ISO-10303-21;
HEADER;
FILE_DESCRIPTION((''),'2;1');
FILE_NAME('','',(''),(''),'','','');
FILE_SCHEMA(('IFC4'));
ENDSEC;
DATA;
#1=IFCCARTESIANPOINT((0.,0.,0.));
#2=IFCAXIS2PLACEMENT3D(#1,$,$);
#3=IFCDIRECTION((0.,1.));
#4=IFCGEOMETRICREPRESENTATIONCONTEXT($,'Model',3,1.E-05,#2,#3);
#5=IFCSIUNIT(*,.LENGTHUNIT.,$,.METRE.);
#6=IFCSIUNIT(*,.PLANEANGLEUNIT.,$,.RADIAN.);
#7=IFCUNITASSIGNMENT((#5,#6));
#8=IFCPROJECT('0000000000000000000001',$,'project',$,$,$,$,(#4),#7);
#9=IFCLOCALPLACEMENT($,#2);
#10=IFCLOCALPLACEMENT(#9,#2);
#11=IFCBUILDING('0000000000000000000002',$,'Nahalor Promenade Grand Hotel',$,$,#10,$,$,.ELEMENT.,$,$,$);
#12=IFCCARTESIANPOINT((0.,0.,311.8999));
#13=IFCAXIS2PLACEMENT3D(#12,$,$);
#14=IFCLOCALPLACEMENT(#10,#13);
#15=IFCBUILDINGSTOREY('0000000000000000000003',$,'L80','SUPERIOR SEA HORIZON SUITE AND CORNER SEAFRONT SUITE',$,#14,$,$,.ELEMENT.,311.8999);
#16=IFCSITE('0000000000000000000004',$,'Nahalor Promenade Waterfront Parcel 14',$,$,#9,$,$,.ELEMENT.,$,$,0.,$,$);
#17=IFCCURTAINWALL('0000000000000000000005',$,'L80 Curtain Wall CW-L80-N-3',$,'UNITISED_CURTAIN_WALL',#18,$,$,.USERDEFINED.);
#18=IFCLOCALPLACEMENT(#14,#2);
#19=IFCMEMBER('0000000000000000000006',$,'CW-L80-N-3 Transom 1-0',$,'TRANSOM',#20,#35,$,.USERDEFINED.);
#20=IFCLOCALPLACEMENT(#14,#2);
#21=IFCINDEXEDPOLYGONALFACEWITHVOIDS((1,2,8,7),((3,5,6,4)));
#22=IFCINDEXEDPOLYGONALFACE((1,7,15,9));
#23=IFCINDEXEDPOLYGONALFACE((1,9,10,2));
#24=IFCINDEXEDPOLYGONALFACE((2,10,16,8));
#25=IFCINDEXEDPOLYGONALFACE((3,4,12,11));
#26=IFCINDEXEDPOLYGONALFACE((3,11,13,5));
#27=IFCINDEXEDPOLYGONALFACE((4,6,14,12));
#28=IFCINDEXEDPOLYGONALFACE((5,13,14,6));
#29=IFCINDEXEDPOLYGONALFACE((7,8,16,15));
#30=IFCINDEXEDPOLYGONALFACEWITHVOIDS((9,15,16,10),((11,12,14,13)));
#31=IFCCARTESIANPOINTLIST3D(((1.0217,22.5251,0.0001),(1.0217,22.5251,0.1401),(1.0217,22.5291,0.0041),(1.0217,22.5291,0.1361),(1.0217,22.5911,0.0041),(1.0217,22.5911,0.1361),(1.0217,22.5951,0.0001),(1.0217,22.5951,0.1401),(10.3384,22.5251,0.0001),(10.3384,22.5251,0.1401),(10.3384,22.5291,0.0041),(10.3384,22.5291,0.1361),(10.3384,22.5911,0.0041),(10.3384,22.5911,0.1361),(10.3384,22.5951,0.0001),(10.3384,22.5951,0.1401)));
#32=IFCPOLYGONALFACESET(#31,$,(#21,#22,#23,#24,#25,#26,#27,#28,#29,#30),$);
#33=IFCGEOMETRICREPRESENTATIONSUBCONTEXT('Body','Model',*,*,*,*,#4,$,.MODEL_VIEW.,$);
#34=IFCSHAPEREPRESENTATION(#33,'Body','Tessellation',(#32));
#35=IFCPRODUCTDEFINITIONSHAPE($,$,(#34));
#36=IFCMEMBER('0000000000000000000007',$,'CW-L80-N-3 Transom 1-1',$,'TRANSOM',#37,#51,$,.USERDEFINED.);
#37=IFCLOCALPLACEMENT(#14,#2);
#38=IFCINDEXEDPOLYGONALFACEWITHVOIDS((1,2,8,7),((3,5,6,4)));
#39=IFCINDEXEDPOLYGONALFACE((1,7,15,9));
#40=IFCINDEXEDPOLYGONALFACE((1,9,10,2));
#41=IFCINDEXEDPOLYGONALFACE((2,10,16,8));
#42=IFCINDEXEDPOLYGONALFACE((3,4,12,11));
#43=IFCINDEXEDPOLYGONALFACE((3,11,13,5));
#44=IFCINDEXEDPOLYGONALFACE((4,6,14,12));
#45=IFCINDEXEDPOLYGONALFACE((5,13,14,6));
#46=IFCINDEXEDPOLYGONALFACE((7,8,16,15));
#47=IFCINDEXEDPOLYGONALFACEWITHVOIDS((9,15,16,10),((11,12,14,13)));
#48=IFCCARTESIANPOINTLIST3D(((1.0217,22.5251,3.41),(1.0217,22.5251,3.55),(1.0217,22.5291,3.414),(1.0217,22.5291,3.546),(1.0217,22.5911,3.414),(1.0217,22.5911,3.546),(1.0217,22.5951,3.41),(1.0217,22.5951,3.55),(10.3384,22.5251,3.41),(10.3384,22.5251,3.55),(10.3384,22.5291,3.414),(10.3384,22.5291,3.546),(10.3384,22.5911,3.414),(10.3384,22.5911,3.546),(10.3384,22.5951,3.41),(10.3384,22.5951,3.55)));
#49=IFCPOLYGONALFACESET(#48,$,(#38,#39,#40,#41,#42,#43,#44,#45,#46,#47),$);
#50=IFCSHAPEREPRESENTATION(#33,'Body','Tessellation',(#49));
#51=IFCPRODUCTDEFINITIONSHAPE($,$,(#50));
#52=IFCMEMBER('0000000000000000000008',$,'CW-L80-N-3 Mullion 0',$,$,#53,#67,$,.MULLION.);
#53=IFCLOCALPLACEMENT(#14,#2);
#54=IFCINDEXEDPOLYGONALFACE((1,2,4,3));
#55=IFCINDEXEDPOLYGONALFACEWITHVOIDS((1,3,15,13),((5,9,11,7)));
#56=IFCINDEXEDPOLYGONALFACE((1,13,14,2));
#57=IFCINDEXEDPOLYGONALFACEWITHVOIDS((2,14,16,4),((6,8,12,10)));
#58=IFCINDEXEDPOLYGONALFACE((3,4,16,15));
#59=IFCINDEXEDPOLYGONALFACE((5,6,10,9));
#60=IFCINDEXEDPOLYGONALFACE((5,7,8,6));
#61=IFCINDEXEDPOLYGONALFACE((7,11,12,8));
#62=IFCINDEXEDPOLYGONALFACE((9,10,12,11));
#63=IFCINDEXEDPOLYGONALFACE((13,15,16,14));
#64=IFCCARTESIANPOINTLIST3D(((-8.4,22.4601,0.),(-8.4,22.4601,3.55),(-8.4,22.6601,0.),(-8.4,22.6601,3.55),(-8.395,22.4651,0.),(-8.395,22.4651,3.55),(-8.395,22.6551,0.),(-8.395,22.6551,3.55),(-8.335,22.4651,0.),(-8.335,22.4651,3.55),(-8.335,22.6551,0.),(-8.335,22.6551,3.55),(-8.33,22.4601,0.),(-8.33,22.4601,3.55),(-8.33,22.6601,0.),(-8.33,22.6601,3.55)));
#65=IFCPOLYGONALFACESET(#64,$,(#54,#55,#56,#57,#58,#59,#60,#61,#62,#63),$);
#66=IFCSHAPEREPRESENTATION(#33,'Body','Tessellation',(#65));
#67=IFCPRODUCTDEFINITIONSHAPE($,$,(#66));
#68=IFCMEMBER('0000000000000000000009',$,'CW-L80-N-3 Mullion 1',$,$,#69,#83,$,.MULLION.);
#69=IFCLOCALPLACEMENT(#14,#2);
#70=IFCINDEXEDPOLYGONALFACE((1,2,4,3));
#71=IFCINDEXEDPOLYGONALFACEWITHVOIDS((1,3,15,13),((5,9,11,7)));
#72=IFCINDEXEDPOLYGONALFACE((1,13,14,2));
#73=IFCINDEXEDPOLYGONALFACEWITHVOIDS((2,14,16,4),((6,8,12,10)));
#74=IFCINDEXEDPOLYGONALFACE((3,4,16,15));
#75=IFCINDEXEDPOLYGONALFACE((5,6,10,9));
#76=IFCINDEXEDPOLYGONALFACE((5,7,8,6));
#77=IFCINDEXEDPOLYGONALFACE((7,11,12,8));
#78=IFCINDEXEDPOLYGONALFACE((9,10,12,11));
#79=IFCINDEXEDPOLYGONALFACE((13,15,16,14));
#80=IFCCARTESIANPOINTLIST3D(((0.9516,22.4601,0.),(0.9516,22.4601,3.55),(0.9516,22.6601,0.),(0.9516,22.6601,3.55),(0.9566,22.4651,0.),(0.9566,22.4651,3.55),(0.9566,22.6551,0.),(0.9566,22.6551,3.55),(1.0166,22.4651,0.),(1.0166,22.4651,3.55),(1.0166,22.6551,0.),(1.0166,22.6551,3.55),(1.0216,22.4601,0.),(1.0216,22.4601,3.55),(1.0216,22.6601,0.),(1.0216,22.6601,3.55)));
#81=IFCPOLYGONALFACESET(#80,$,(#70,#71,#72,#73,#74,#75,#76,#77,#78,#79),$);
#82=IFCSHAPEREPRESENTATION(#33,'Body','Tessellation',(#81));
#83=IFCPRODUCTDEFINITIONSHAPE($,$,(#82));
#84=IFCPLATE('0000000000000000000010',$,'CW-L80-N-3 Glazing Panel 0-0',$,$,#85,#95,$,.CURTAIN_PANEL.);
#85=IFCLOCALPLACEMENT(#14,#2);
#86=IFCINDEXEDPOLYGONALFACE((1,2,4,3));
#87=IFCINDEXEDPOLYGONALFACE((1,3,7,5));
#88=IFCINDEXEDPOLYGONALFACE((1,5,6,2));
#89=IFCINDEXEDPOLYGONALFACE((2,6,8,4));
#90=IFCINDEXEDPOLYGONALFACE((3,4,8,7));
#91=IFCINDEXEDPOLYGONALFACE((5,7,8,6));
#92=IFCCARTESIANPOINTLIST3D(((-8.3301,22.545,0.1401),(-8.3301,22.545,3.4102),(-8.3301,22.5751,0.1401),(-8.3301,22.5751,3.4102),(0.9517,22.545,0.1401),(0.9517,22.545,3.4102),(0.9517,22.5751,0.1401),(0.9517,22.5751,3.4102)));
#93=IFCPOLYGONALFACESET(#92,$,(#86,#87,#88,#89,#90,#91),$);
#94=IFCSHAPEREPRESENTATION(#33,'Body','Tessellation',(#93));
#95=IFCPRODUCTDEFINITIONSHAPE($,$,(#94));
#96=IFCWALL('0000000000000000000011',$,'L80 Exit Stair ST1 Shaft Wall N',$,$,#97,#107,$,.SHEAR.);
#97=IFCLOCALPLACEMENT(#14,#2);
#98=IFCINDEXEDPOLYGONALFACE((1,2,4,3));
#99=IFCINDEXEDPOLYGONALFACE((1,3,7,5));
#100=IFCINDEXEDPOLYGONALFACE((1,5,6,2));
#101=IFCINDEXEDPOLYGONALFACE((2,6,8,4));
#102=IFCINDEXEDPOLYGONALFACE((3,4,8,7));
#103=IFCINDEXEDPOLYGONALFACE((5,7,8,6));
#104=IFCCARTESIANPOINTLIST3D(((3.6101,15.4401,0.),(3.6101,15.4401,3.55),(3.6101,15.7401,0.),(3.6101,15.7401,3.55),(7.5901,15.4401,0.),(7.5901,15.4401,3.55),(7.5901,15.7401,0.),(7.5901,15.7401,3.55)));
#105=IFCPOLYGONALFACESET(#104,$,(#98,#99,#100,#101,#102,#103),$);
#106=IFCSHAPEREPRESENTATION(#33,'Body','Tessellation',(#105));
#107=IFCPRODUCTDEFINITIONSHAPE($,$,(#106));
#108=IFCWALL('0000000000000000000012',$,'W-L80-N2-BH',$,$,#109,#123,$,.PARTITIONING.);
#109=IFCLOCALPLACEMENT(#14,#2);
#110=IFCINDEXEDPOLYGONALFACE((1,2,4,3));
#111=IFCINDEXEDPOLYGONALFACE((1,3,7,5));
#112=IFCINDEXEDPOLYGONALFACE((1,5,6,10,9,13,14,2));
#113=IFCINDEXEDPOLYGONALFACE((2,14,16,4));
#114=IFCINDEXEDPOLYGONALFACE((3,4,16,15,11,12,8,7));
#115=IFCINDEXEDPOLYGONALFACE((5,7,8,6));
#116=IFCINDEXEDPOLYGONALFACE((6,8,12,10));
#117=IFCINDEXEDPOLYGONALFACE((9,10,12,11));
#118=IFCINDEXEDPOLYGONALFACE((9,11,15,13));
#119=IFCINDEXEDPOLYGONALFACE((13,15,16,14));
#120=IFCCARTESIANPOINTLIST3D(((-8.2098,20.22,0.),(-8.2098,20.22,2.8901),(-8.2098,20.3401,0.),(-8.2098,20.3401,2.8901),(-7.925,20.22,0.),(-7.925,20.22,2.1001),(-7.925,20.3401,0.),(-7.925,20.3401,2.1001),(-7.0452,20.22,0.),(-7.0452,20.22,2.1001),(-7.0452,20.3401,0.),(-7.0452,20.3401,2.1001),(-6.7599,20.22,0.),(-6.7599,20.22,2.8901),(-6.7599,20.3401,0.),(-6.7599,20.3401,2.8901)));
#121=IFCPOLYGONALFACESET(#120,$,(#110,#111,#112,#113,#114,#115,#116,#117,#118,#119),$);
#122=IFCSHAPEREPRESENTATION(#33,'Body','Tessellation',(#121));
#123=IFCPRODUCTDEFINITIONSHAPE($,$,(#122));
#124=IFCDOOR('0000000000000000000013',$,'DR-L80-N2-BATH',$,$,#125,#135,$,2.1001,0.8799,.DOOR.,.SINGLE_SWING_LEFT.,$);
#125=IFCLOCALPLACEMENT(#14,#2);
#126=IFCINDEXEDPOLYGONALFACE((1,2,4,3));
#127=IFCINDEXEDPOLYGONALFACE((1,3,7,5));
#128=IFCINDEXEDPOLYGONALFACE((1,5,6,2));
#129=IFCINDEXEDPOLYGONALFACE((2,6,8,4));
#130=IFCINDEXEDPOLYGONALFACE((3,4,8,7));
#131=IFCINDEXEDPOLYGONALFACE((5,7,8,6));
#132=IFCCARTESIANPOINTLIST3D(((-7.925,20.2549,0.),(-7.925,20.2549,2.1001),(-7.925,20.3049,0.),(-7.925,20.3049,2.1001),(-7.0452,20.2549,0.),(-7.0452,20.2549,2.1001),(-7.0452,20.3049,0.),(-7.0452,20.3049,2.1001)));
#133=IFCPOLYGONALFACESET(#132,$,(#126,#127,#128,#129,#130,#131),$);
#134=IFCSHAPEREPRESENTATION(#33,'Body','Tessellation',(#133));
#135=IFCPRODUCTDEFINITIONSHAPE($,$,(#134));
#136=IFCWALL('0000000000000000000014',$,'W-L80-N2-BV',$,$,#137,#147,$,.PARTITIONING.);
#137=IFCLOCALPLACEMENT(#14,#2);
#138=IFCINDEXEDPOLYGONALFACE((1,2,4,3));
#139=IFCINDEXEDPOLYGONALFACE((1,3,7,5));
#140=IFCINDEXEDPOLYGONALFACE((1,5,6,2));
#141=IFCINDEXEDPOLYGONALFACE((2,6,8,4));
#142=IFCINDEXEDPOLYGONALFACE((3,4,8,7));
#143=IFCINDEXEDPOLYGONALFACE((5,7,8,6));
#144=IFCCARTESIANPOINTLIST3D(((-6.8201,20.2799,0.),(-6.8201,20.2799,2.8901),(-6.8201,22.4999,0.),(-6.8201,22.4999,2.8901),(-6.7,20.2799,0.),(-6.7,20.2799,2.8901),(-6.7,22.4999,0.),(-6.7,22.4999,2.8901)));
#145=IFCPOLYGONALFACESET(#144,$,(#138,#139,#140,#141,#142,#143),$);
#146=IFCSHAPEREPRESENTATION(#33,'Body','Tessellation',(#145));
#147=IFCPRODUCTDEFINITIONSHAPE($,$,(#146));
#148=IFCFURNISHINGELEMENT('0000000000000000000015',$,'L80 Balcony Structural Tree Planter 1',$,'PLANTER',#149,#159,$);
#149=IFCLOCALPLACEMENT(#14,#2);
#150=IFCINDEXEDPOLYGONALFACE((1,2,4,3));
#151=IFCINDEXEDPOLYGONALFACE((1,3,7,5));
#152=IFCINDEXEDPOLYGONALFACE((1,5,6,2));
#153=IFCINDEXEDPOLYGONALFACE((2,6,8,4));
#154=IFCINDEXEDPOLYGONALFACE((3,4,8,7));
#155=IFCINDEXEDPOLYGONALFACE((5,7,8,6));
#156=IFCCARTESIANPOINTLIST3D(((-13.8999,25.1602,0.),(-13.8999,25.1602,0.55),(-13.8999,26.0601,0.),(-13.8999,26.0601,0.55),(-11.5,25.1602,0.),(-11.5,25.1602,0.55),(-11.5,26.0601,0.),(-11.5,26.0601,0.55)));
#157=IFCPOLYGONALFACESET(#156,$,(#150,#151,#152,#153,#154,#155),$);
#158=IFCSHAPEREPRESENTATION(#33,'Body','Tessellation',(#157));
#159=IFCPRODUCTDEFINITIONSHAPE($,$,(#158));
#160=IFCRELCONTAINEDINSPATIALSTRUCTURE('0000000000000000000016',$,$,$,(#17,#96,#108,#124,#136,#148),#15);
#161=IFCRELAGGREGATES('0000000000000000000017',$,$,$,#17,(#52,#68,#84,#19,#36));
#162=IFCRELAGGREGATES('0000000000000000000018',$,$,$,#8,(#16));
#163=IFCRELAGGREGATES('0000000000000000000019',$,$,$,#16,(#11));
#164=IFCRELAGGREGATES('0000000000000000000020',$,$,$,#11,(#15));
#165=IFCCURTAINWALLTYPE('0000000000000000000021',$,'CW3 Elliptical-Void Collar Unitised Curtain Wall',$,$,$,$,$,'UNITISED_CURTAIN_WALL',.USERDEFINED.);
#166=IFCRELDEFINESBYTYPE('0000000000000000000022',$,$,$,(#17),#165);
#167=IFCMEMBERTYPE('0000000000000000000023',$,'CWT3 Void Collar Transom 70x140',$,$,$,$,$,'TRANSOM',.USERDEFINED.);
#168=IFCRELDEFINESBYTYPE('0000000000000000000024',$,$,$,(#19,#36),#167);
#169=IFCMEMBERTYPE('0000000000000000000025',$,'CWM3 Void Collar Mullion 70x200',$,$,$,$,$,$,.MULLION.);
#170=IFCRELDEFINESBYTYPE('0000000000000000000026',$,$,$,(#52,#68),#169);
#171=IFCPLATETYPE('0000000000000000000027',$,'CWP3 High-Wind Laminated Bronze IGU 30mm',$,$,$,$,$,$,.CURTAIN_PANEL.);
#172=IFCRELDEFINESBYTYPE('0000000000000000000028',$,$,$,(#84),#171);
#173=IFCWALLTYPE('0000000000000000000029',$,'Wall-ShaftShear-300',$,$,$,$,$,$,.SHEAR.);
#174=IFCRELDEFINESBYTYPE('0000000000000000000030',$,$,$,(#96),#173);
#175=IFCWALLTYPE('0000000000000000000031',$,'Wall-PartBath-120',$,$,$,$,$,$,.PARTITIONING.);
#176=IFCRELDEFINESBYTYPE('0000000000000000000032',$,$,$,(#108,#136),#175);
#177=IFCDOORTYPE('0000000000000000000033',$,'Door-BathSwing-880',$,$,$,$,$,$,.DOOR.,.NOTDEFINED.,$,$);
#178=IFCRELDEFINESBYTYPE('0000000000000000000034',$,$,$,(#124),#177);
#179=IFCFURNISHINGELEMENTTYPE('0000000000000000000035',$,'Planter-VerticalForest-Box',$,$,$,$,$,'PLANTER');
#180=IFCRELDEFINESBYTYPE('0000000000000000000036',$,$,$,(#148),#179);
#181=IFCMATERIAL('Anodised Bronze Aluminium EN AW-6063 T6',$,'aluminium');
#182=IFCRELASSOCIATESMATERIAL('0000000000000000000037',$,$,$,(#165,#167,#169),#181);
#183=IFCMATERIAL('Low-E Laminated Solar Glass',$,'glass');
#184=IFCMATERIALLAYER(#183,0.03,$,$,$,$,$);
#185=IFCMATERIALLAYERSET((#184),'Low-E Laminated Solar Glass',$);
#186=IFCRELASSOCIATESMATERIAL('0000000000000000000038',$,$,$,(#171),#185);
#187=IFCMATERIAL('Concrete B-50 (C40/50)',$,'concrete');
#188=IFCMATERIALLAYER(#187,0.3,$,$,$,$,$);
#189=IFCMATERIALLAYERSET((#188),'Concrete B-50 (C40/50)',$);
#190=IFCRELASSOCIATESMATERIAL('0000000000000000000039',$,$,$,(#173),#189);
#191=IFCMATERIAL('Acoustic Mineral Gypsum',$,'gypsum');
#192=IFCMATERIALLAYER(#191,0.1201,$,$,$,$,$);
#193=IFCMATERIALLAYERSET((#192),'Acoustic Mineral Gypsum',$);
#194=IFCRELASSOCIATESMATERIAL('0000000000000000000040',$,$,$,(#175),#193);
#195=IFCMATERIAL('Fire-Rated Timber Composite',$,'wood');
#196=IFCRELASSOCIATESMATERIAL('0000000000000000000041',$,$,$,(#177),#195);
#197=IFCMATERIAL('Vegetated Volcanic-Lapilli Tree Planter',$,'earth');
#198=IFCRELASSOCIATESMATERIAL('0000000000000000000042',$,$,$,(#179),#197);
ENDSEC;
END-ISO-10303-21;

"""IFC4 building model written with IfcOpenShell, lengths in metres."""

from ifc_helpers import new_model, si_unit, direction, frame, frame_2d, origin, origin_2d, place, context, subcontext, project, spatial, rectangle, hollow_rectangle, extrude, source, transform, mapped, material, layer, layer_set, material_profile, profile_set, type_object, element, fill, aggregate, save


model = new_model("IFC4")

# Units and contexts
model_context = context("Model", 3, precision=1e-05, world=origin(), true_north=direction((0.0, 1.0)))
body_context = subcontext(model_context, "Body", "Model", "MODEL_VIEW")
ifc_project = project(units=[si_unit("LENGTHUNIT", "METRE"), si_unit("PLANEANGLEUNIT", "RADIAN")], contexts=[model_context])

# Site, building, storey
site_placement = place(None, origin())
site = spatial("IfcSite", under=ifc_project, at=site_placement, Name="Nahalor Promenade Waterfront Parcel 14", CompositionType="ELEMENT", RefElevation=0.0)
building_placement = place(site_placement, origin())
building = spatial("IfcBuilding", under=site, at=building_placement, Name="Nahalor Promenade Grand Hotel", CompositionType="ELEMENT")
storey_placement = place(building_placement, frame((0.0, 0.0, 311.8999)))
storey = spatial("IfcBuildingStorey", under=building, at=storey_placement, Name="L80", Description="SUPERIOR SEA HORIZON SUITE AND CORNER SEAFRONT SUITE", CompositionType="ELEMENT", Elevation=311.8999)

# Shared definitions
ifc_material_1 = material(Name="Concrete B-50 (C40/50)", Category="concrete")

# Curtain wall, members, plate
ifc_material_2 = material(Name="Anodised Bronze Aluminium EN AW-6063 T6", Category="aluminium")
curtain_wall_type = type_object("IfcCurtainWallType", Name="CW3 Elliptical-Void Collar Unitised Curtain Wall", ElementType="UNITISED_CURTAIN_WALL", PredefinedType="USERDEFINED", material=ifc_material_2)
curtain_wall_placement = place(storey_placement, origin())
curtain_wall = element("IfcCurtainWall", 1, at=curtain_wall_placement, inside=storey, type_object=curtain_wall_type, Name="L80 Curtain Wall CW-L80-N-3", ObjectType="UNITISED_CURTAIN_WALL", PredefinedType="USERDEFINED")
ifc_material_profile_1 = material_profile(ifc_material_2, hollow_rectangle(XDim=0.07, YDim=0.14, WallThickness=0.004, at=origin_2d()), Name="CWT 70x140x4")
ifc_profile_set_1 = profile_set([ifc_material_profile_1], Name="Anodised Bronze Aluminium EN AW-6063 T6")
member_type_1 = type_object("IfcMemberType", Name="CWT3 Void Collar Transom 70x140", ElementType="TRANSOM", PredefinedType="USERDEFINED", material=ifc_profile_set_1)
shared_shape_1 = source(origin(), body_context, "Body", "SweptSolid", [
    extrude(hollow_rectangle(XDim=0.07, YDim=0.14, WallThickness=0.004, at=origin_2d()), origin(), (0.0, 0.0, 1.0), 9.3167),
])
member_1_placement = place(storey_placement, frame((1.0217, 22.5601, 0.0701), z_axis=(1.0, 0.0, 0.0), x_axis=(0.0, 1.0, 0.0)))
member_1 = element("IfcMember", 2, at=member_1_placement, type_object=member_type_1, Name="CW-L80-N-3 Transom 1-0", ObjectType="TRANSOM", PredefinedType="USERDEFINED", context=body_context, shape_type="MappedRepresentation", body=[
    mapped(shared_shape_1, transform((0.0, 0.0, 0.0), scale=1.0)),
])
member_2_placement = place(storey_placement, frame((1.0217, 22.5601, 3.48), z_axis=(1.0, 0.0, 0.0), x_axis=(0.0, 1.0, 0.0)))
member_2 = element("IfcMember", 3, at=member_2_placement, type_object=member_type_1, Name="CW-L80-N-3 Transom 1-1", ObjectType="TRANSOM", PredefinedType="USERDEFINED", context=body_context, shape_type="MappedRepresentation", body=[
    mapped(shared_shape_1, transform((0.0, 0.0, 0.0), scale=1.0)),
])
ifc_material_profile_2 = material_profile(ifc_material_2, hollow_rectangle(XDim=0.07, YDim=0.2, WallThickness=0.005, at=origin_2d()), Name="CWM 70x200x5")
ifc_profile_set_2 = profile_set([ifc_material_profile_2], Name="Anodised Bronze Aluminium EN AW-6063 T6")
member_type_2 = type_object("IfcMemberType", Name="CWM3 Void Collar Mullion 70x200", PredefinedType="MULLION", material=ifc_profile_set_2)
shared_shape_2 = source(origin(), body_context, "Body", "SweptSolid", [
    extrude(hollow_rectangle(XDim=0.07, YDim=0.2, WallThickness=0.005, at=origin_2d()), origin(), (0.0, 0.0, 1.0), 3.55),
])
member_3_placement = place(storey_placement, frame((-8.365, 22.5601, 0.0), z_axis=(0.0, 0.0, 1.0), x_axis=(1.0, 0.0, 0.0)))
member_3 = element("IfcMember", 4, at=member_3_placement, type_object=member_type_2, Name="CW-L80-N-3 Mullion 0", PredefinedType="MULLION", context=body_context, shape_type="MappedRepresentation", body=[
    mapped(shared_shape_2, transform((0.0, 0.0, 0.0), scale=1.0)),
])
member_4_placement = place(storey_placement, frame((0.9866, 22.5601, 0.0), z_axis=(0.0, 0.0, 1.0), x_axis=(1.0, 0.0, 0.0)))
member_4 = element("IfcMember", 5, at=member_4_placement, type_object=member_type_2, Name="CW-L80-N-3 Mullion 1", PredefinedType="MULLION", context=body_context, shape_type="MappedRepresentation", body=[
    mapped(shared_shape_2, transform((0.0, 0.0, 0.0), scale=1.0)),
])
ifc_material_3 = material(Name="Low-E Laminated Solar Glass", Category="glass")
ifc_layer_1 = layer(ifc_material_3, 0.03)
ifc_layer_set_1 = layer_set([ifc_layer_1], Name="Low-E Laminated Solar Glass")
plate_type = type_object("IfcPlateType", Name="CWP3 High-Wind Laminated Bronze IGU 30mm", PredefinedType="CURTAIN_PANEL", material=ifc_layer_set_1)
shared_shape_3 = source(origin(), body_context, "Body", "SweptSolid", [
    extrude(rectangle(XDim=9.2817, YDim=0.03, at=origin_2d()), origin(), (0.0, 0.0, 1.0), 3.27),
])
plate_placement = place(storey_placement, frame((-3.6892, 22.5601, 0.1401), z_axis=(0.0, 0.0, 1.0), x_axis=(1.0, 0.0, 0.0)))
plate = element("IfcPlate", 6, at=plate_placement, type_object=plate_type, Name="CW-L80-N-3 Glazing Panel 0-0", PredefinedType="CURTAIN_PANEL", context=body_context, shape_type="MappedRepresentation", body=[
    mapped(shared_shape_3, transform((0.0, 0.0, 0.0), scale=1.0)),
])
aggregate(curtain_wall, [member_3, member_4, plate, member_1, member_2])

# Wall
ifc_layer_2 = layer(ifc_material_1, 0.3)
ifc_layer_set_2 = layer_set([ifc_layer_2], Name="Concrete B-50 (C40/50)")
wall_type_1 = type_object("IfcWallType", Name="Wall-ShaftShear-300", PredefinedType="SHEAR", material=ifc_layer_set_2)
shared_shape_4 = source(origin(), body_context, "Body", "SweptSolid", [
    extrude(rectangle(XDim=3.98, YDim=0.3, at=frame_2d((1.99, 0.0))), origin(), (0.0, 0.0, 1.0), 3.55),
])
wall_1_placement = place(storey_placement, frame((3.6101, 15.5901, 0.0), z_axis=(0.0, 0.0, 1.0), x_axis=(1.0, 0.0, 0.0)))
element("IfcWall", 7, at=wall_1_placement, inside=storey, type_object=wall_type_1, Name="L80 Exit Stair ST1 Shaft Wall N", PredefinedType="SHEAR", context=body_context, shape_type="MappedRepresentation", body=[
    mapped(shared_shape_4, transform((0.0, 0.0, 0.0), scale=1.0)),
])

# Wall, opening, door
ifc_material_4 = material(Name="Acoustic Mineral Gypsum", Category="gypsum")
ifc_layer_3 = layer(ifc_material_4, 0.1201)
ifc_layer_set_3 = layer_set([ifc_layer_3], Name="Acoustic Mineral Gypsum")
wall_type_2 = type_object("IfcWallType", Name="Wall-PartBath-120", PredefinedType="PARTITIONING", material=ifc_layer_set_3)
shared_shape_5 = source(origin(), body_context, "Body", "SweptSolid", [
    extrude(rectangle(XDim=1.45, YDim=0.1201, at=frame_2d((0.7251, 0.0))), origin(), (0.0, 0.0, 1.0), 2.8901),
])
wall_2_placement = place(storey_placement, frame((-8.21, 20.28, 0.0), z_axis=(0.0, 0.0, 1.0), x_axis=(1.0, 0.0, 0.0)))
wall_2 = element("IfcWall", 8, at=wall_2_placement, inside=storey, type_object=wall_type_2, Name="W-L80-N2-BH", PredefinedType="PARTITIONING", context=body_context, shape_type="MappedRepresentation", body=[
    mapped(shared_shape_5, transform((0.0, 0.0, 0.0), scale=1.0)),
])
opening_placement = place(wall_2_placement, frame((0.2849, 0.0, 0.0)))
opening = element("IfcOpeningElement", 9, at=opening_placement, cuts=wall_2, PredefinedType="OPENING", context=body_context, shape_type="SweptSolid", body=[
    extrude(rectangle(XDim=0.8799, YDim=2.1001, at=frame_2d((0.4399, 1.05))), frame((0.0, 0.0701, 0.0), z_axis=(0.0, -1.0, 0.0), x_axis=(1.0, 0.0, 0.0)), (0.0, 0.0, 1.0), 0.1401),
])
ifc_material_5 = material(Name="Fire-Rated Timber Composite", Category="wood")
door_type = type_object("IfcDoorType", Name="Door-BathSwing-880", OperationType="NOTDEFINED", PredefinedType="DOOR", material=ifc_material_5)
shared_shape_6 = source(origin(), body_context, "Body", "SweptSolid", [
    extrude(rectangle(XDim=0.8799, YDim=2.1001, at=frame_2d((0.4399, 1.05))), frame((0.0, 0.0249, 0.0), z_axis=(0.0, -1.0, 0.0), x_axis=(1.0, 0.0, 0.0)), (0.0, 0.0, 1.0), 0.05),
])
door_placement = place(opening_placement, origin())
door = element("IfcDoor", 10, at=door_placement, inside=storey, type_object=door_type, Name="DR-L80-N2-BATH", OperationType="SINGLE_SWING_LEFT", OverallHeight=2.1001, OverallWidth=0.8799, PredefinedType="DOOR", context=body_context, shape_type="MappedRepresentation", body=[
    mapped(shared_shape_6, transform((0.0, 0.0, 0.0), scale=1.0)),
])
fill(opening, door)

# Wall
shared_shape_7 = source(origin(), body_context, "Body", "SweptSolid", [
    extrude(rectangle(XDim=2.22, YDim=0.1201, at=frame_2d((1.1099, 0.0))), origin(), (0.0, 0.0, 1.0), 2.8901),
])
wall_3_placement = place(storey_placement, frame((-6.76, 20.28, 0.0), z_axis=(0.0, 0.0, 1.0), x_axis=(0.0, 1.0, 0.0)))
element("IfcWall", 11, at=wall_3_placement, inside=storey, type_object=wall_type_2, Name="W-L80-N2-BV", PredefinedType="PARTITIONING", context=body_context, shape_type="MappedRepresentation", body=[
    mapped(shared_shape_7, transform((0.0, 0.0, 0.0), scale=1.0)),
])

# Furnishing element
ifc_material_6 = material(Name="Vegetated Volcanic-Lapilli Tree Planter", Category="earth")
furnishing_element_type = type_object("IfcFurnishingElementType", Name="Planter-VerticalForest-Box", ElementType="PLANTER", material=ifc_material_6)
shared_shape_8 = source(origin(), body_context, "Body", "SweptSolid", [
    extrude(rectangle(XDim=2.3999, YDim=0.8999, at=origin_2d()), origin(), (0.0, 0.0, 1.0), 0.55),
])
furnishing_placement = place(storey_placement, frame((-12.7, 25.6101, 0.0), z_axis=(0.0, 0.0, 1.0), x_axis=(1.0, 0.0, 0.0)))
element("IfcFurnishingElement", 12, at=furnishing_placement, inside=storey, type_object=furnishing_element_type, Name="L80 Balcony Structural Tree Planter 1", ObjectType="PLANTER", context=body_context, shape_type="MappedRepresentation", body=[
    mapped(shared_shape_8, transform((0.0, 0.0, 0.0), scale=1.0)),
])

save(model, "model.ifc")
